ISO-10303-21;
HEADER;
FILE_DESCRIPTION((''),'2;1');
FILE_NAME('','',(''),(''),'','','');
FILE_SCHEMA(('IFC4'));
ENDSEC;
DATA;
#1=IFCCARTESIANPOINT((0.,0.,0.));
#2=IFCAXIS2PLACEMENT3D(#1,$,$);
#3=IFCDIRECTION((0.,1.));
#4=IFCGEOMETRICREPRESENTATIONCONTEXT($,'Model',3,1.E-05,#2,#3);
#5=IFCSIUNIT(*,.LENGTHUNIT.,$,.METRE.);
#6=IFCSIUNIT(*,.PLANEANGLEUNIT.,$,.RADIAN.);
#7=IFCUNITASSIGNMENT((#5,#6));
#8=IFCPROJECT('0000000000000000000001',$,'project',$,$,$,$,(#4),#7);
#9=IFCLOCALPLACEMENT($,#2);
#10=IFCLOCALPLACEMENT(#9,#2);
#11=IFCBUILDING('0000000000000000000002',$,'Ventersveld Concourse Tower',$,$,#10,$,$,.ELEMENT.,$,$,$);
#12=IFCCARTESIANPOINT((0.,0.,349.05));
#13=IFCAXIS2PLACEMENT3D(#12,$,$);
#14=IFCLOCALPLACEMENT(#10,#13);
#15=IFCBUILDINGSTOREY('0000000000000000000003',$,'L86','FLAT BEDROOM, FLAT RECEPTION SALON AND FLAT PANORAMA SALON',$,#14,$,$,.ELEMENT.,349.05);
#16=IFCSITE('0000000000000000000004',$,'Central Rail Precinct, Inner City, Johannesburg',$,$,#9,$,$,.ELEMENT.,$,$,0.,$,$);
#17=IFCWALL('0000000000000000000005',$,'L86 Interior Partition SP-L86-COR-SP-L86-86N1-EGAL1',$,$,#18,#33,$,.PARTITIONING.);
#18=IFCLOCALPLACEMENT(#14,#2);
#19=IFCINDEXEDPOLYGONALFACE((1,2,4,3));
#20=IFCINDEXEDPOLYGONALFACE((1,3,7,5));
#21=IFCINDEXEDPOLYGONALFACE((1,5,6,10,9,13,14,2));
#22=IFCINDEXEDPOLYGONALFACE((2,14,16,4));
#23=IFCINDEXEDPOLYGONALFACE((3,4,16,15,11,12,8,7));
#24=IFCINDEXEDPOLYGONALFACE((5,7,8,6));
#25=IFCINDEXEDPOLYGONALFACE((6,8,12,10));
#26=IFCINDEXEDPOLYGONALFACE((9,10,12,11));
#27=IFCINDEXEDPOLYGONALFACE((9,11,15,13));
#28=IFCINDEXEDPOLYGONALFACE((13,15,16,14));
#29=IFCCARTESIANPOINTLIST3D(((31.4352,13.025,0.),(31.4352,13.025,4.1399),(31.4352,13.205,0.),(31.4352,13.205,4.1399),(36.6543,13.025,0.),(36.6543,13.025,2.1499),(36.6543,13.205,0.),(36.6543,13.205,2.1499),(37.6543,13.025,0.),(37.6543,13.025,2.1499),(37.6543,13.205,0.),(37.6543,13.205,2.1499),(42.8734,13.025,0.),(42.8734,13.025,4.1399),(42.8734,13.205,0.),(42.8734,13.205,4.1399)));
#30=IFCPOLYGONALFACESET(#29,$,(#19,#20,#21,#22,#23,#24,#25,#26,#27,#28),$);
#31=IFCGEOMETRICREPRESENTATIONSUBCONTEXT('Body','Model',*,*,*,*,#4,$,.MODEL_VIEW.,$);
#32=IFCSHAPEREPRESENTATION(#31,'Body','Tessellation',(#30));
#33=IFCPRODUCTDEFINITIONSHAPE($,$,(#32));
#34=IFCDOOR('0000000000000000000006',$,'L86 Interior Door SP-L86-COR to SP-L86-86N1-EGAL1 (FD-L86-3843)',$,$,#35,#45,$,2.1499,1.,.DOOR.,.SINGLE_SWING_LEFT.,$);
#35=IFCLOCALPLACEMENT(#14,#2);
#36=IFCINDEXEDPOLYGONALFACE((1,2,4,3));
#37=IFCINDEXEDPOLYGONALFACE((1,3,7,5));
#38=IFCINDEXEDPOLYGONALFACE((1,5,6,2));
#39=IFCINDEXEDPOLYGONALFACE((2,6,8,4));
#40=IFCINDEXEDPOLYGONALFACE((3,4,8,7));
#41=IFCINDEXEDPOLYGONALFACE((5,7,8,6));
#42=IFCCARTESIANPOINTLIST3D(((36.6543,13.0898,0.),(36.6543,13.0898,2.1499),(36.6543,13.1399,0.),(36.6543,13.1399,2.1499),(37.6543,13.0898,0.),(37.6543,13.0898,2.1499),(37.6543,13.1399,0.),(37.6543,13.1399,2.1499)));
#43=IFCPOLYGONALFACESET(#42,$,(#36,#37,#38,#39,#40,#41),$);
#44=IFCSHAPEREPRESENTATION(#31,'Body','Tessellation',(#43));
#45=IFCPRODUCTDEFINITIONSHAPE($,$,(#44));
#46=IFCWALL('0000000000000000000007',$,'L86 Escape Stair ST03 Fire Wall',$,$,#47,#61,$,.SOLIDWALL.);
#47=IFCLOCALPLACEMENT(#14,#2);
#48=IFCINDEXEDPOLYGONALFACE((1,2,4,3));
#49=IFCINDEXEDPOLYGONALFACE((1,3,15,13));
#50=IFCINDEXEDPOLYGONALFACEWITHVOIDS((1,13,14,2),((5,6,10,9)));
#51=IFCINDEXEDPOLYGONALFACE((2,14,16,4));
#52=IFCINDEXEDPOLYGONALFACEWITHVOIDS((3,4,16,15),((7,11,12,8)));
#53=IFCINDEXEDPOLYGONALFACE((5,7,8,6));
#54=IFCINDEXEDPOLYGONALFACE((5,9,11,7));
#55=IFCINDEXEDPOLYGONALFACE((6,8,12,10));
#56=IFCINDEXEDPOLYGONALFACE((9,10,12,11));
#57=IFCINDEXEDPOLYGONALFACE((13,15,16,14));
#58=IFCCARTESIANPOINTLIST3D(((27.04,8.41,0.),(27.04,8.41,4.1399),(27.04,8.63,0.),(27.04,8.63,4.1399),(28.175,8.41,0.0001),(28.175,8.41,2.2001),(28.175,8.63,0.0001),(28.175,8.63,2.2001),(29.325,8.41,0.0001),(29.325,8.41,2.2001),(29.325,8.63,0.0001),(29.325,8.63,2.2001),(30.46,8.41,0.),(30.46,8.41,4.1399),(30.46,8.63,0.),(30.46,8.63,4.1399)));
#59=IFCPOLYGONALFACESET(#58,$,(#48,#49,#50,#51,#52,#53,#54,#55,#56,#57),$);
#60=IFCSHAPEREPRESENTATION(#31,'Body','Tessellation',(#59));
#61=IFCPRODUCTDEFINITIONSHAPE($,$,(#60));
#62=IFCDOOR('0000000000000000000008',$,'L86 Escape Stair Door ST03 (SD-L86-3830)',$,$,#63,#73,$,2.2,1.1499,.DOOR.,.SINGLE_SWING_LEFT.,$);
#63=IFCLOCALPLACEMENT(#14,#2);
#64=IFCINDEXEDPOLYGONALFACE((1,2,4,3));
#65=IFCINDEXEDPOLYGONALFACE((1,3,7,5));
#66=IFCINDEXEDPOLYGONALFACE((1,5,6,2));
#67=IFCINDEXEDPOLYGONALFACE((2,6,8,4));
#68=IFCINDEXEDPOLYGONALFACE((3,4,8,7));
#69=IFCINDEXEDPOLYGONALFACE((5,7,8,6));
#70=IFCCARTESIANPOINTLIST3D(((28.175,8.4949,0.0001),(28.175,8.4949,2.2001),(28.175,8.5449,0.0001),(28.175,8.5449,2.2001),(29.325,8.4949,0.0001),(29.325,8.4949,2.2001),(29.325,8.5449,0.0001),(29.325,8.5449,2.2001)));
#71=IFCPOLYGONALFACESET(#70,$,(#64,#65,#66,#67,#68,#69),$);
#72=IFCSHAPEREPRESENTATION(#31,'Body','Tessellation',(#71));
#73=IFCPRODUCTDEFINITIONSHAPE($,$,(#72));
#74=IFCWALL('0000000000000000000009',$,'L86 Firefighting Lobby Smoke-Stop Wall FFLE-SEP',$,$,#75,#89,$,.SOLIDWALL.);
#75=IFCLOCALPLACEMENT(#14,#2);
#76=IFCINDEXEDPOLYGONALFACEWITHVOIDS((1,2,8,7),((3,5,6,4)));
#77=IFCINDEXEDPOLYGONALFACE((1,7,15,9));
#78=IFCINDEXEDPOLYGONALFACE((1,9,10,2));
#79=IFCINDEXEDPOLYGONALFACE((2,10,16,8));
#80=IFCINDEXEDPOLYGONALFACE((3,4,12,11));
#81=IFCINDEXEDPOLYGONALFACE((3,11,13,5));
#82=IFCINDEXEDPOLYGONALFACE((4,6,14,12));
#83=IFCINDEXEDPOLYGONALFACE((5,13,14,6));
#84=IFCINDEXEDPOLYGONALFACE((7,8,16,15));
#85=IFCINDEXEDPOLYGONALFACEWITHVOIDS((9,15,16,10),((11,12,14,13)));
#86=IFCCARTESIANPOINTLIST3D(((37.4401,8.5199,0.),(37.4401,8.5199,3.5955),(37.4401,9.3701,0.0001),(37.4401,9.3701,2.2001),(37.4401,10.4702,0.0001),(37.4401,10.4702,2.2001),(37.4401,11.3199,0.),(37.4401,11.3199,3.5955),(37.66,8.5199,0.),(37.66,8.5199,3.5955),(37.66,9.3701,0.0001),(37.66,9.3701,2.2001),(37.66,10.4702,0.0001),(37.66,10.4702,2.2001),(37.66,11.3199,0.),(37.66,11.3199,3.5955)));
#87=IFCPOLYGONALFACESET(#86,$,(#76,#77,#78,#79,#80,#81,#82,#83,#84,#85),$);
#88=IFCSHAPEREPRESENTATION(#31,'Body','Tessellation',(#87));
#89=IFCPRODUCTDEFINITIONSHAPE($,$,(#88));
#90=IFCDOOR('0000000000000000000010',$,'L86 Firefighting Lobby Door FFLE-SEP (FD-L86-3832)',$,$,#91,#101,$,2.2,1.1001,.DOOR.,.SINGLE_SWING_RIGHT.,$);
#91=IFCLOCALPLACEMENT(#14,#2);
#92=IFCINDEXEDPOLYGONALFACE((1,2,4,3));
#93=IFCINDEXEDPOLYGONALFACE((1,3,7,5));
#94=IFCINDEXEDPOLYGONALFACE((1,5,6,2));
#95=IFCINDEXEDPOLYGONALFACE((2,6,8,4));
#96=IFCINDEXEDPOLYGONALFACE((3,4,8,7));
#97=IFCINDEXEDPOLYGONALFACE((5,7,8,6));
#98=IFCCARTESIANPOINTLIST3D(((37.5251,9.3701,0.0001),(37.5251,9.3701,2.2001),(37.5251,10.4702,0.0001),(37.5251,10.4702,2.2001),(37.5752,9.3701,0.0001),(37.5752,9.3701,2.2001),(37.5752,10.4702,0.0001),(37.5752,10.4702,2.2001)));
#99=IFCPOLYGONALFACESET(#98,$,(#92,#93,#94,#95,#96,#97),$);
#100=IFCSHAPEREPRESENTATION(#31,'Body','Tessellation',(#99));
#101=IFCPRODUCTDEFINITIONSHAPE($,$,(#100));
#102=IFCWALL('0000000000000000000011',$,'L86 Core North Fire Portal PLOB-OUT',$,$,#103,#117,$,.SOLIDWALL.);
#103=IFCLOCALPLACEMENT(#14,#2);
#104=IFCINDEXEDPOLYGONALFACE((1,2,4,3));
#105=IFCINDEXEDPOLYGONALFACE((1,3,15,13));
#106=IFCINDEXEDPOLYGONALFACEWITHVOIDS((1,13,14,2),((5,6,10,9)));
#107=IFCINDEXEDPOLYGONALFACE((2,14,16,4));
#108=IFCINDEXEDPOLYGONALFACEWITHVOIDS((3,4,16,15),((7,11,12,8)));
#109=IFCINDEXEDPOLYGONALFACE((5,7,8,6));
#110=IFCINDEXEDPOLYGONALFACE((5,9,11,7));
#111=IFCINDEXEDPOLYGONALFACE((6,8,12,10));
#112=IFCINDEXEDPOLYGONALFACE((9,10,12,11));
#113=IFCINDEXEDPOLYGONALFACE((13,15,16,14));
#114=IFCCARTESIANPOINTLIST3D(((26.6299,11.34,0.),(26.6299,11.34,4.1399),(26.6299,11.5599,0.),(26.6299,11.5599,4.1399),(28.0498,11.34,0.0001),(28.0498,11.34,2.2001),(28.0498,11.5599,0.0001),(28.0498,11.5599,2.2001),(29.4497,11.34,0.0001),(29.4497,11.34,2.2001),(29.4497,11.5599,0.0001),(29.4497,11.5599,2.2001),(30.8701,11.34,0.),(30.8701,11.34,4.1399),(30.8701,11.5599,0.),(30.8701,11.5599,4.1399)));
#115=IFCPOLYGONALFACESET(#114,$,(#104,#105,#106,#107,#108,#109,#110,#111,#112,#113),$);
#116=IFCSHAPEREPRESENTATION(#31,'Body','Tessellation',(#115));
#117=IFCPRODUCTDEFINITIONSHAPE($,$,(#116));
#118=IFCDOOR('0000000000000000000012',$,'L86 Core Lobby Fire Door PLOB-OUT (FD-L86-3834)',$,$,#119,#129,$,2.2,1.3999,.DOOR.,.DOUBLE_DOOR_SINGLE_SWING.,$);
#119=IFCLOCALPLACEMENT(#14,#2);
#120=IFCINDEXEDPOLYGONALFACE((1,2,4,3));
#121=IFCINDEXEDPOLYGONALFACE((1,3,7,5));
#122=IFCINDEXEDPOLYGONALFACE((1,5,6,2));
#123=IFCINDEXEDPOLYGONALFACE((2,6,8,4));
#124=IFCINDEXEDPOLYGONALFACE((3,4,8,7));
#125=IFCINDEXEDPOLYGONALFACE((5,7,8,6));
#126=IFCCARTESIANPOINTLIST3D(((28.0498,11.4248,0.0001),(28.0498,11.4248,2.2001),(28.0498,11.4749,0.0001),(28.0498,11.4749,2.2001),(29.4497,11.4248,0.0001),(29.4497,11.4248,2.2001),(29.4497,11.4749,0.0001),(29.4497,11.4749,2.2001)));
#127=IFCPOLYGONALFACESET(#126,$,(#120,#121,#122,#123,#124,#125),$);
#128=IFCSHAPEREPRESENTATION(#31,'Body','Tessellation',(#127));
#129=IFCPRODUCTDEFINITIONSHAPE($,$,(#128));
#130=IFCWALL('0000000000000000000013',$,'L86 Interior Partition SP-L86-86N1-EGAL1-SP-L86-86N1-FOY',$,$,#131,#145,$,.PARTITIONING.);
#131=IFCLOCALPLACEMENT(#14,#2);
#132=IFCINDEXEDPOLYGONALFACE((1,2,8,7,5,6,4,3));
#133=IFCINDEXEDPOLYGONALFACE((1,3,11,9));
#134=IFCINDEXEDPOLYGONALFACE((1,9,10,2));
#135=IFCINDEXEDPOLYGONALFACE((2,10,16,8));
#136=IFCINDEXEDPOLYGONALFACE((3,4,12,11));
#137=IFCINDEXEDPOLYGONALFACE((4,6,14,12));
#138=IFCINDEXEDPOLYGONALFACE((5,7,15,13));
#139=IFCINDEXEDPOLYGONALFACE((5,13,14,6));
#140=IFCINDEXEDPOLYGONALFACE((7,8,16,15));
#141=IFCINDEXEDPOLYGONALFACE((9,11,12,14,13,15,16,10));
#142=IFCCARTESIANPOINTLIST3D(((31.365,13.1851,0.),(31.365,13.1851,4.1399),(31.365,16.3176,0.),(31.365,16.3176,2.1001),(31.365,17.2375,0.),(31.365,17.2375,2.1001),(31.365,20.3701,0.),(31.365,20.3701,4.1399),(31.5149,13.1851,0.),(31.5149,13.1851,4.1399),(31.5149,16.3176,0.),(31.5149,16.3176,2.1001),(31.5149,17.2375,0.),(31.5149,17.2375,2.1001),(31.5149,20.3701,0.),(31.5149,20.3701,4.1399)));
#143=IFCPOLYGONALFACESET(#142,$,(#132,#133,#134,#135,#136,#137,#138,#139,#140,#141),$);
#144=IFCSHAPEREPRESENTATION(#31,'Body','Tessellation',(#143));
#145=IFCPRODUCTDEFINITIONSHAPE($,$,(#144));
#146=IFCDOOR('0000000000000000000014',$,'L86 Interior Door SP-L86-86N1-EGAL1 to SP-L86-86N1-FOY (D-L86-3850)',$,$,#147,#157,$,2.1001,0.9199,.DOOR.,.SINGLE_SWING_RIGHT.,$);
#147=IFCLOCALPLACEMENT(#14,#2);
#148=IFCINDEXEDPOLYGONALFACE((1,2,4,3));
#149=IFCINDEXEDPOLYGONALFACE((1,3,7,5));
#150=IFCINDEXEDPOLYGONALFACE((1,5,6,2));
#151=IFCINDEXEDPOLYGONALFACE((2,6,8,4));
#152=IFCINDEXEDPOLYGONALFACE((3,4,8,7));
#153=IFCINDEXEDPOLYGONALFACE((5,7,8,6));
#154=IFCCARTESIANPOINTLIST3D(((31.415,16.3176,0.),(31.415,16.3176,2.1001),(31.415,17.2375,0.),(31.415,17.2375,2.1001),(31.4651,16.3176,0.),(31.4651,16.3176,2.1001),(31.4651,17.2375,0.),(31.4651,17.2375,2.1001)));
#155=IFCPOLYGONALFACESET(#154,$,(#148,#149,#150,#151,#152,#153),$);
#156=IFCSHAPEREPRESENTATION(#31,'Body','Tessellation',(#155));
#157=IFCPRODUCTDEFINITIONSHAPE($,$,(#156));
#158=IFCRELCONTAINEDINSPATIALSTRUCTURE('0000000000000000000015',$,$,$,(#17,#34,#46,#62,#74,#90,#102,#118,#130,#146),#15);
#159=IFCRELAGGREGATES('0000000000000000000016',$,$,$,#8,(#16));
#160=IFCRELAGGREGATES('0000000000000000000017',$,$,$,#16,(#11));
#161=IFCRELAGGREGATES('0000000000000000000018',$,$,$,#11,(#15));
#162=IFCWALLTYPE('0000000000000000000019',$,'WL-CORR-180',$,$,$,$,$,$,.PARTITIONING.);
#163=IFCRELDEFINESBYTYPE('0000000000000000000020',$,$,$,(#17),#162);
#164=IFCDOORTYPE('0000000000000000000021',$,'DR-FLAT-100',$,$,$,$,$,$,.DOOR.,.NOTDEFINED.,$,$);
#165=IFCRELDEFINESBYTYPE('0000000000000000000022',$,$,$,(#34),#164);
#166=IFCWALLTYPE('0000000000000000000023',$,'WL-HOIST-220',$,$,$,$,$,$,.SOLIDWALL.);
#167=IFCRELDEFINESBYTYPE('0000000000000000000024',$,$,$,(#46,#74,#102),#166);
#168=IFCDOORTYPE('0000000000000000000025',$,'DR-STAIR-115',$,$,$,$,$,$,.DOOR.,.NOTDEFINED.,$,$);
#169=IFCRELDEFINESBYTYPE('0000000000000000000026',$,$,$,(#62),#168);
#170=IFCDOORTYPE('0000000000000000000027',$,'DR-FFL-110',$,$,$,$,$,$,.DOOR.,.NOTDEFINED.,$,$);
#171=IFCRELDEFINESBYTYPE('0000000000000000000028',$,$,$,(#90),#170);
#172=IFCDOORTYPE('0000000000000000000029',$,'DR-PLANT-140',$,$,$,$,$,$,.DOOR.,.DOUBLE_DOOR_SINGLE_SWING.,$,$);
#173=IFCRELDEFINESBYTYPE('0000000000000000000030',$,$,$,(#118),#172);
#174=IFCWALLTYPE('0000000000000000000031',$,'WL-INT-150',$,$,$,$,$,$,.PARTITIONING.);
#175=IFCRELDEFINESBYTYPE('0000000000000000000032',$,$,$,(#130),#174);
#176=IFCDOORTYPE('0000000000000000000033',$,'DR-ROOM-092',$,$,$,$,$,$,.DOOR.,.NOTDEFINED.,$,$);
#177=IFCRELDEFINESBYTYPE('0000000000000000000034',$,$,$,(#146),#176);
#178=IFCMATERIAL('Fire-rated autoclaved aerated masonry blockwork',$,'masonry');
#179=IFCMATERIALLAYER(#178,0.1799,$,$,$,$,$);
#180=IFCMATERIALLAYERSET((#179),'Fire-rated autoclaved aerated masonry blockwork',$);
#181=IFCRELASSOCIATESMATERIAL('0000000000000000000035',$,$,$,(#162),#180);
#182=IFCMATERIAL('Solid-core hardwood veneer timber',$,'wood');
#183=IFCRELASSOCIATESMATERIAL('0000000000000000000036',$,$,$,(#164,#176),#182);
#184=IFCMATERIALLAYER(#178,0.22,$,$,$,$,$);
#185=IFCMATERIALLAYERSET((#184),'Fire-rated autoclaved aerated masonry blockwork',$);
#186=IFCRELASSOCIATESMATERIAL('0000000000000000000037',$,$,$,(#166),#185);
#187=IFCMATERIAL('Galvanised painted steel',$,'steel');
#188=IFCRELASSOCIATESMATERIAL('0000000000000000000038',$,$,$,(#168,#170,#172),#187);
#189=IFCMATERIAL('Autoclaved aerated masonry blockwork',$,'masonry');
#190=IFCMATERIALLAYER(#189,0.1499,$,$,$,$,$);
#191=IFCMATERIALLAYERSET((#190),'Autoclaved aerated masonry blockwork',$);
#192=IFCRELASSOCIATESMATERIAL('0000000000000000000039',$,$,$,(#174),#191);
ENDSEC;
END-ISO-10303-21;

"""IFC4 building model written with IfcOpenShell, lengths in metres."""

from ifc_helpers import new_model, si_unit, direction, frame, frame_2d, origin, place, context, subcontext, project, spatial, rectangle, extrude, material, layer, layer_set, type_object, element, fill, save


model = new_model("IFC4")

# Units and contexts
model_context = context("Model", 3, precision=1e-05, world=origin(), true_north=direction((0.0, 1.0)))
body_context = subcontext(model_context, "Body", "Model", "MODEL_VIEW")
ifc_project = project(units=[si_unit("LENGTHUNIT", "METRE"), si_unit("PLANEANGLEUNIT", "RADIAN")], contexts=[model_context])

# Site, building, storey
site_placement = place(None, origin())
site = spatial("IfcSite", under=ifc_project, at=site_placement, Name="Central Rail Precinct, Inner City, Johannesburg", CompositionType="ELEMENT", RefElevation=0.0)
building_placement = place(site_placement, origin())
building = spatial("IfcBuilding", under=site, at=building_placement, Name="Ventersveld Concourse Tower", CompositionType="ELEMENT")
storey_placement = place(building_placement, frame((0.0, 0.0, 349.05)))
storey = spatial("IfcBuildingStorey", under=building, at=storey_placement, Name="L86", Description="FLAT BEDROOM, FLAT RECEPTION SALON AND FLAT PANORAMA SALON", CompositionType="ELEMENT", Elevation=349.05)

# Shared definitions
ifc_material_1 = material(Name="Fire-rated autoclaved aerated masonry blockwork", Category="masonry")
ifc_layer_1 = layer(ifc_material_1, 0.1799)
ifc_layer_set_1 = layer_set([ifc_layer_1], Name="Fire-rated autoclaved aerated masonry blockwork")
wall_type_1 = type_object("IfcWallType", Name="WL-CORR-180", PredefinedType="PARTITIONING", material=ifc_layer_set_1)

# Walls, openings, doors
wall_1_placement = place(storey_placement, frame((31.4351, 13.115, 0.0), z_axis=(0.0, 0.0, 1.0), x_axis=(1.0, 0.0, 0.0)))
wall_1 = element("IfcWall", 1, at=wall_1_placement, inside=storey, type_object=wall_type_1, Name="L86 Interior Partition SP-L86-COR-SP-L86-86N1-EGAL1", PredefinedType="PARTITIONING", context=body_context, shape_type="SweptSolid", body=[
    extrude(rectangle(XDim=11.4382, YDim=0.1799, at=frame_2d((5.7192, 0.0))), origin(), (0.0, 0.0, 1.0), 4.1399),
])
opening_1_placement = place(wall_1_placement, frame((5.2192, 0.0, 0.0)))
opening_1 = element("IfcOpeningElement", 2, at=opening_1_placement, cuts=wall_1, PredefinedType="OPENING", context=body_context, shape_type="SweptSolid", body=[
    extrude(rectangle(XDim=1.0, YDim=2.1499, at=frame_2d((0.5, 1.075))), frame((0.0, 0.1001, 0.0), z_axis=(0.0, -1.0, 0.0), x_axis=(1.0, 0.0, 0.0)), (0.0, 0.0, 1.0), 0.2),
])
ifc_material_2 = material(Name="Solid-core hardwood veneer timber", Category="wood")
door_type_1 = type_object("IfcDoorType", Name="DR-FLAT-100", OperationType="NOTDEFINED", PredefinedType="DOOR", material=ifc_material_2)
door_1_placement = place(opening_1_placement, origin())
door_1 = element("IfcDoor", 3, at=door_1_placement, inside=storey, type_object=door_type_1, Name="L86 Interior Door SP-L86-COR to SP-L86-86N1-EGAL1 (FD-L86-3843)", OperationType="SINGLE_SWING_LEFT", OverallHeight=2.1499, OverallWidth=1.0, PredefinedType="DOOR", context=body_context, shape_type="SweptSolid", body=[
    extrude(rectangle(XDim=1.0, YDim=2.1499, at=frame_2d((0.5, 1.075))), frame((0.0, 0.0249, 0.0), z_axis=(0.0, -1.0, 0.0), x_axis=(1.0, 0.0, 0.0)), (0.0, 0.0, 1.0), 0.05),
])
fill(opening_1, door_1)
ifc_layer_2 = layer(ifc_material_1, 0.22)
ifc_layer_set_2 = layer_set([ifc_layer_2], Name="Fire-rated autoclaved aerated masonry blockwork")
wall_type_2 = type_object("IfcWallType", Name="WL-HOIST-220", PredefinedType="SOLIDWALL", material=ifc_layer_set_2)
wall_2_placement = place(storey_placement, frame((27.04, 8.52, 0.0), z_axis=(0.0, 0.0, 1.0), x_axis=(1.0, 0.0, 0.0)))
wall_2 = element("IfcWall", 4, at=wall_2_placement, inside=storey, type_object=wall_type_2, Name="L86 Escape Stair ST03 Fire Wall", PredefinedType="SOLIDWALL", context=body_context, shape_type="SweptSolid", body=[
    extrude(rectangle(XDim=3.4199, YDim=0.22, at=frame_2d((1.71, 0.0))), origin(), (0.0, 0.0, 1.0), 4.1399),
])
opening_2_placement = place(wall_2_placement, frame((1.135, 0.0, 0.0)))
opening_2 = element("IfcOpeningElement", 5, at=opening_2_placement, cuts=wall_2, PredefinedType="OPENING", context=body_context, shape_type="SweptSolid", body=[
    extrude(rectangle(XDim=1.1499, YDim=2.2, at=frame_2d((0.575, 1.1001))), frame((0.0, 0.1201, 0.0), z_axis=(0.0, -1.0, 0.0), x_axis=(1.0, 0.0, 0.0)), (0.0, 0.0, 1.0), 0.24),
])
ifc_material_3 = material(Name="Galvanised painted steel", Category="steel")
door_type_2 = type_object("IfcDoorType", Name="DR-STAIR-115", OperationType="NOTDEFINED", PredefinedType="DOOR", material=ifc_material_3)
door_2_placement = place(opening_2_placement, origin())
door_2 = element("IfcDoor", 6, at=door_2_placement, inside=storey, type_object=door_type_2, Name="L86 Escape Stair Door ST03 (SD-L86-3830)", OperationType="SINGLE_SWING_LEFT", OverallHeight=2.2, OverallWidth=1.1499, PredefinedType="DOOR", context=body_context, shape_type="SweptSolid", body=[
    extrude(rectangle(XDim=1.1499, YDim=2.2, at=frame_2d((0.575, 1.1001))), frame((0.0, 0.0249, 0.0), z_axis=(0.0, -1.0, 0.0), x_axis=(1.0, 0.0, 0.0)), (0.0, 0.0, 1.0), 0.05),
])
fill(opening_2, door_2)
wall_3_placement = place(storey_placement, frame((37.55, 8.52, 0.0), z_axis=(0.0, 0.0, 1.0), x_axis=(0.0, 1.0, 0.0)))
wall_3 = element("IfcWall", 7, at=wall_3_placement, inside=storey, type_object=wall_type_2, Name="L86 Firefighting Lobby Smoke-Stop Wall FFLE-SEP", PredefinedType="SOLIDWALL", context=body_context, shape_type="SweptSolid", body=[
    extrude(rectangle(XDim=2.8, YDim=0.22, at=frame_2d((1.3999, 0.0))), origin(), (0.0, 0.0, 1.0), 3.5955),
])
opening_3_placement = place(wall_3_placement, frame((0.8501, 0.0, 0.0)))
opening_3 = element("IfcOpeningElement", 8, at=opening_3_placement, cuts=wall_3, PredefinedType="OPENING", context=body_context, shape_type="SweptSolid", body=[
    extrude(rectangle(XDim=1.1001, YDim=2.2, at=frame_2d((0.55, 1.1001))), frame((0.0, 0.1201, 0.0), z_axis=(0.0, -1.0, 0.0), x_axis=(1.0, 0.0, 0.0)), (0.0, 0.0, 1.0), 0.24),
])
door_type_3 = type_object("IfcDoorType", Name="DR-FFL-110", OperationType="NOTDEFINED", PredefinedType="DOOR", material=ifc_material_3)
door_3_placement = place(opening_3_placement, origin())
door_3 = element("IfcDoor", 9, at=door_3_placement, inside=storey, type_object=door_type_3, Name="L86 Firefighting Lobby Door FFLE-SEP (FD-L86-3832)", OperationType="SINGLE_SWING_RIGHT", OverallHeight=2.2, OverallWidth=1.1001, PredefinedType="DOOR", context=body_context, shape_type="SweptSolid", body=[
    extrude(rectangle(XDim=1.1001, YDim=2.2, at=frame_2d((0.55, 1.1001))), frame((0.0, 0.0249, 0.0), z_axis=(0.0, -1.0, 0.0), x_axis=(1.0, 0.0, 0.0)), (0.0, 0.0, 1.0), 0.05),
])
fill(opening_3, door_3)
wall_4_placement = place(storey_placement, frame((26.6299, 11.45, 0.0), z_axis=(0.0, 0.0, 1.0), x_axis=(1.0, 0.0, 0.0)))
wall_4 = element("IfcWall", 10, at=wall_4_placement, inside=storey, type_object=wall_type_2, Name="L86 Core North Fire Portal PLOB-OUT", PredefinedType="SOLIDWALL", context=body_context, shape_type="SweptSolid", body=[
    extrude(rectangle(XDim=4.2402, YDim=0.22, at=frame_2d((2.1201, 0.0))), origin(), (0.0, 0.0, 1.0), 4.1399),
])
opening_4_placement = place(wall_4_placement, frame((1.4199, 0.0, 0.0)))
opening_4 = element("IfcOpeningElement", 11, at=opening_4_placement, cuts=wall_4, PredefinedType="OPENING", context=body_context, shape_type="SweptSolid", body=[
    extrude(rectangle(XDim=1.3999, YDim=2.2, at=frame_2d((0.7, 1.1001))), frame((0.0, 0.1201, 0.0), z_axis=(0.0, -1.0, 0.0), x_axis=(1.0, 0.0, 0.0)), (0.0, 0.0, 1.0), 0.24),
])
door_type_4 = type_object("IfcDoorType", Name="DR-PLANT-140", OperationType="DOUBLE_DOOR_SINGLE_SWING", PredefinedType="DOOR", material=ifc_material_3)
door_4_placement = place(opening_4_placement, origin())
door_4 = element("IfcDoor", 12, at=door_4_placement, inside=storey, type_object=door_type_4, Name="L86 Core Lobby Fire Door PLOB-OUT (FD-L86-3834)", OperationType="DOUBLE_DOOR_SINGLE_SWING", OverallHeight=2.2, OverallWidth=1.3999, PredefinedType="DOOR", context=body_context, shape_type="SweptSolid", body=[
    extrude(rectangle(XDim=1.3999, YDim=2.2, at=frame_2d((0.7, 1.1001))), frame((0.0, 0.0249, 0.0), z_axis=(0.0, -1.0, 0.0), x_axis=(1.0, 0.0, 0.0)), (0.0, 0.0, 1.0), 0.05),
])
fill(opening_4, door_4)
ifc_material_4 = material(Name="Autoclaved aerated masonry blockwork", Category="masonry")
ifc_layer_3 = layer(ifc_material_4, 0.1499)
ifc_layer_set_3 = layer_set([ifc_layer_3], Name="Autoclaved aerated masonry blockwork")
wall_type_3 = type_object("IfcWallType", Name="WL-INT-150", PredefinedType="PARTITIONING", material=ifc_layer_set_3)
wall_5_placement = place(storey_placement, frame((31.4399, 13.1851, 0.0), z_axis=(0.0, 0.0, 1.0), x_axis=(0.0, 1.0, 0.0)))
wall_5 = element("IfcWall", 13, at=wall_5_placement, inside=storey, type_object=wall_type_3, Name="L86 Interior Partition SP-L86-86N1-EGAL1-SP-L86-86N1-FOY", PredefinedType="PARTITIONING", context=body_context, shape_type="SweptSolid", body=[
    extrude(rectangle(XDim=7.1851, YDim=0.1499, at=frame_2d((3.5925, 0.0))), origin(), (0.0, 0.0, 1.0), 4.1399),
])
opening_5_placement = place(wall_5_placement, frame((3.1326, 0.0, 0.0)))
opening_5 = element("IfcOpeningElement", 14, at=opening_5_placement, cuts=wall_5, PredefinedType="OPENING", context=body_context, shape_type="SweptSolid", body=[
    extrude(rectangle(XDim=0.9199, YDim=2.1001, at=frame_2d((0.46, 1.05))), frame((0.0, 0.085, 0.0), z_axis=(0.0, -1.0, 0.0), x_axis=(1.0, 0.0, 0.0)), (0.0, 0.0, 1.0), 0.1699),
])
door_type_5 = type_object("IfcDoorType", Name="DR-ROOM-092", OperationType="NOTDEFINED", PredefinedType="DOOR", material=ifc_material_2)
door_5_placement = place(opening_5_placement, origin())
door_5 = element("IfcDoor", 15, at=door_5_placement, inside=storey, type_object=door_type_5, Name="L86 Interior Door SP-L86-86N1-EGAL1 to SP-L86-86N1-FOY (D-L86-3850)", OperationType="SINGLE_SWING_RIGHT", OverallHeight=2.1001, OverallWidth=0.9199, PredefinedType="DOOR", context=body_context, shape_type="SweptSolid", body=[
    extrude(rectangle(XDim=0.9199, YDim=2.1001, at=frame_2d((0.46, 1.05))), frame((0.0, 0.0249, 0.0), z_axis=(0.0, -1.0, 0.0), x_axis=(1.0, 0.0, 0.0)), (0.0, 0.0, 1.0), 0.05),
])
fill(opening_5, door_5)

save(model, "model.ifc")
